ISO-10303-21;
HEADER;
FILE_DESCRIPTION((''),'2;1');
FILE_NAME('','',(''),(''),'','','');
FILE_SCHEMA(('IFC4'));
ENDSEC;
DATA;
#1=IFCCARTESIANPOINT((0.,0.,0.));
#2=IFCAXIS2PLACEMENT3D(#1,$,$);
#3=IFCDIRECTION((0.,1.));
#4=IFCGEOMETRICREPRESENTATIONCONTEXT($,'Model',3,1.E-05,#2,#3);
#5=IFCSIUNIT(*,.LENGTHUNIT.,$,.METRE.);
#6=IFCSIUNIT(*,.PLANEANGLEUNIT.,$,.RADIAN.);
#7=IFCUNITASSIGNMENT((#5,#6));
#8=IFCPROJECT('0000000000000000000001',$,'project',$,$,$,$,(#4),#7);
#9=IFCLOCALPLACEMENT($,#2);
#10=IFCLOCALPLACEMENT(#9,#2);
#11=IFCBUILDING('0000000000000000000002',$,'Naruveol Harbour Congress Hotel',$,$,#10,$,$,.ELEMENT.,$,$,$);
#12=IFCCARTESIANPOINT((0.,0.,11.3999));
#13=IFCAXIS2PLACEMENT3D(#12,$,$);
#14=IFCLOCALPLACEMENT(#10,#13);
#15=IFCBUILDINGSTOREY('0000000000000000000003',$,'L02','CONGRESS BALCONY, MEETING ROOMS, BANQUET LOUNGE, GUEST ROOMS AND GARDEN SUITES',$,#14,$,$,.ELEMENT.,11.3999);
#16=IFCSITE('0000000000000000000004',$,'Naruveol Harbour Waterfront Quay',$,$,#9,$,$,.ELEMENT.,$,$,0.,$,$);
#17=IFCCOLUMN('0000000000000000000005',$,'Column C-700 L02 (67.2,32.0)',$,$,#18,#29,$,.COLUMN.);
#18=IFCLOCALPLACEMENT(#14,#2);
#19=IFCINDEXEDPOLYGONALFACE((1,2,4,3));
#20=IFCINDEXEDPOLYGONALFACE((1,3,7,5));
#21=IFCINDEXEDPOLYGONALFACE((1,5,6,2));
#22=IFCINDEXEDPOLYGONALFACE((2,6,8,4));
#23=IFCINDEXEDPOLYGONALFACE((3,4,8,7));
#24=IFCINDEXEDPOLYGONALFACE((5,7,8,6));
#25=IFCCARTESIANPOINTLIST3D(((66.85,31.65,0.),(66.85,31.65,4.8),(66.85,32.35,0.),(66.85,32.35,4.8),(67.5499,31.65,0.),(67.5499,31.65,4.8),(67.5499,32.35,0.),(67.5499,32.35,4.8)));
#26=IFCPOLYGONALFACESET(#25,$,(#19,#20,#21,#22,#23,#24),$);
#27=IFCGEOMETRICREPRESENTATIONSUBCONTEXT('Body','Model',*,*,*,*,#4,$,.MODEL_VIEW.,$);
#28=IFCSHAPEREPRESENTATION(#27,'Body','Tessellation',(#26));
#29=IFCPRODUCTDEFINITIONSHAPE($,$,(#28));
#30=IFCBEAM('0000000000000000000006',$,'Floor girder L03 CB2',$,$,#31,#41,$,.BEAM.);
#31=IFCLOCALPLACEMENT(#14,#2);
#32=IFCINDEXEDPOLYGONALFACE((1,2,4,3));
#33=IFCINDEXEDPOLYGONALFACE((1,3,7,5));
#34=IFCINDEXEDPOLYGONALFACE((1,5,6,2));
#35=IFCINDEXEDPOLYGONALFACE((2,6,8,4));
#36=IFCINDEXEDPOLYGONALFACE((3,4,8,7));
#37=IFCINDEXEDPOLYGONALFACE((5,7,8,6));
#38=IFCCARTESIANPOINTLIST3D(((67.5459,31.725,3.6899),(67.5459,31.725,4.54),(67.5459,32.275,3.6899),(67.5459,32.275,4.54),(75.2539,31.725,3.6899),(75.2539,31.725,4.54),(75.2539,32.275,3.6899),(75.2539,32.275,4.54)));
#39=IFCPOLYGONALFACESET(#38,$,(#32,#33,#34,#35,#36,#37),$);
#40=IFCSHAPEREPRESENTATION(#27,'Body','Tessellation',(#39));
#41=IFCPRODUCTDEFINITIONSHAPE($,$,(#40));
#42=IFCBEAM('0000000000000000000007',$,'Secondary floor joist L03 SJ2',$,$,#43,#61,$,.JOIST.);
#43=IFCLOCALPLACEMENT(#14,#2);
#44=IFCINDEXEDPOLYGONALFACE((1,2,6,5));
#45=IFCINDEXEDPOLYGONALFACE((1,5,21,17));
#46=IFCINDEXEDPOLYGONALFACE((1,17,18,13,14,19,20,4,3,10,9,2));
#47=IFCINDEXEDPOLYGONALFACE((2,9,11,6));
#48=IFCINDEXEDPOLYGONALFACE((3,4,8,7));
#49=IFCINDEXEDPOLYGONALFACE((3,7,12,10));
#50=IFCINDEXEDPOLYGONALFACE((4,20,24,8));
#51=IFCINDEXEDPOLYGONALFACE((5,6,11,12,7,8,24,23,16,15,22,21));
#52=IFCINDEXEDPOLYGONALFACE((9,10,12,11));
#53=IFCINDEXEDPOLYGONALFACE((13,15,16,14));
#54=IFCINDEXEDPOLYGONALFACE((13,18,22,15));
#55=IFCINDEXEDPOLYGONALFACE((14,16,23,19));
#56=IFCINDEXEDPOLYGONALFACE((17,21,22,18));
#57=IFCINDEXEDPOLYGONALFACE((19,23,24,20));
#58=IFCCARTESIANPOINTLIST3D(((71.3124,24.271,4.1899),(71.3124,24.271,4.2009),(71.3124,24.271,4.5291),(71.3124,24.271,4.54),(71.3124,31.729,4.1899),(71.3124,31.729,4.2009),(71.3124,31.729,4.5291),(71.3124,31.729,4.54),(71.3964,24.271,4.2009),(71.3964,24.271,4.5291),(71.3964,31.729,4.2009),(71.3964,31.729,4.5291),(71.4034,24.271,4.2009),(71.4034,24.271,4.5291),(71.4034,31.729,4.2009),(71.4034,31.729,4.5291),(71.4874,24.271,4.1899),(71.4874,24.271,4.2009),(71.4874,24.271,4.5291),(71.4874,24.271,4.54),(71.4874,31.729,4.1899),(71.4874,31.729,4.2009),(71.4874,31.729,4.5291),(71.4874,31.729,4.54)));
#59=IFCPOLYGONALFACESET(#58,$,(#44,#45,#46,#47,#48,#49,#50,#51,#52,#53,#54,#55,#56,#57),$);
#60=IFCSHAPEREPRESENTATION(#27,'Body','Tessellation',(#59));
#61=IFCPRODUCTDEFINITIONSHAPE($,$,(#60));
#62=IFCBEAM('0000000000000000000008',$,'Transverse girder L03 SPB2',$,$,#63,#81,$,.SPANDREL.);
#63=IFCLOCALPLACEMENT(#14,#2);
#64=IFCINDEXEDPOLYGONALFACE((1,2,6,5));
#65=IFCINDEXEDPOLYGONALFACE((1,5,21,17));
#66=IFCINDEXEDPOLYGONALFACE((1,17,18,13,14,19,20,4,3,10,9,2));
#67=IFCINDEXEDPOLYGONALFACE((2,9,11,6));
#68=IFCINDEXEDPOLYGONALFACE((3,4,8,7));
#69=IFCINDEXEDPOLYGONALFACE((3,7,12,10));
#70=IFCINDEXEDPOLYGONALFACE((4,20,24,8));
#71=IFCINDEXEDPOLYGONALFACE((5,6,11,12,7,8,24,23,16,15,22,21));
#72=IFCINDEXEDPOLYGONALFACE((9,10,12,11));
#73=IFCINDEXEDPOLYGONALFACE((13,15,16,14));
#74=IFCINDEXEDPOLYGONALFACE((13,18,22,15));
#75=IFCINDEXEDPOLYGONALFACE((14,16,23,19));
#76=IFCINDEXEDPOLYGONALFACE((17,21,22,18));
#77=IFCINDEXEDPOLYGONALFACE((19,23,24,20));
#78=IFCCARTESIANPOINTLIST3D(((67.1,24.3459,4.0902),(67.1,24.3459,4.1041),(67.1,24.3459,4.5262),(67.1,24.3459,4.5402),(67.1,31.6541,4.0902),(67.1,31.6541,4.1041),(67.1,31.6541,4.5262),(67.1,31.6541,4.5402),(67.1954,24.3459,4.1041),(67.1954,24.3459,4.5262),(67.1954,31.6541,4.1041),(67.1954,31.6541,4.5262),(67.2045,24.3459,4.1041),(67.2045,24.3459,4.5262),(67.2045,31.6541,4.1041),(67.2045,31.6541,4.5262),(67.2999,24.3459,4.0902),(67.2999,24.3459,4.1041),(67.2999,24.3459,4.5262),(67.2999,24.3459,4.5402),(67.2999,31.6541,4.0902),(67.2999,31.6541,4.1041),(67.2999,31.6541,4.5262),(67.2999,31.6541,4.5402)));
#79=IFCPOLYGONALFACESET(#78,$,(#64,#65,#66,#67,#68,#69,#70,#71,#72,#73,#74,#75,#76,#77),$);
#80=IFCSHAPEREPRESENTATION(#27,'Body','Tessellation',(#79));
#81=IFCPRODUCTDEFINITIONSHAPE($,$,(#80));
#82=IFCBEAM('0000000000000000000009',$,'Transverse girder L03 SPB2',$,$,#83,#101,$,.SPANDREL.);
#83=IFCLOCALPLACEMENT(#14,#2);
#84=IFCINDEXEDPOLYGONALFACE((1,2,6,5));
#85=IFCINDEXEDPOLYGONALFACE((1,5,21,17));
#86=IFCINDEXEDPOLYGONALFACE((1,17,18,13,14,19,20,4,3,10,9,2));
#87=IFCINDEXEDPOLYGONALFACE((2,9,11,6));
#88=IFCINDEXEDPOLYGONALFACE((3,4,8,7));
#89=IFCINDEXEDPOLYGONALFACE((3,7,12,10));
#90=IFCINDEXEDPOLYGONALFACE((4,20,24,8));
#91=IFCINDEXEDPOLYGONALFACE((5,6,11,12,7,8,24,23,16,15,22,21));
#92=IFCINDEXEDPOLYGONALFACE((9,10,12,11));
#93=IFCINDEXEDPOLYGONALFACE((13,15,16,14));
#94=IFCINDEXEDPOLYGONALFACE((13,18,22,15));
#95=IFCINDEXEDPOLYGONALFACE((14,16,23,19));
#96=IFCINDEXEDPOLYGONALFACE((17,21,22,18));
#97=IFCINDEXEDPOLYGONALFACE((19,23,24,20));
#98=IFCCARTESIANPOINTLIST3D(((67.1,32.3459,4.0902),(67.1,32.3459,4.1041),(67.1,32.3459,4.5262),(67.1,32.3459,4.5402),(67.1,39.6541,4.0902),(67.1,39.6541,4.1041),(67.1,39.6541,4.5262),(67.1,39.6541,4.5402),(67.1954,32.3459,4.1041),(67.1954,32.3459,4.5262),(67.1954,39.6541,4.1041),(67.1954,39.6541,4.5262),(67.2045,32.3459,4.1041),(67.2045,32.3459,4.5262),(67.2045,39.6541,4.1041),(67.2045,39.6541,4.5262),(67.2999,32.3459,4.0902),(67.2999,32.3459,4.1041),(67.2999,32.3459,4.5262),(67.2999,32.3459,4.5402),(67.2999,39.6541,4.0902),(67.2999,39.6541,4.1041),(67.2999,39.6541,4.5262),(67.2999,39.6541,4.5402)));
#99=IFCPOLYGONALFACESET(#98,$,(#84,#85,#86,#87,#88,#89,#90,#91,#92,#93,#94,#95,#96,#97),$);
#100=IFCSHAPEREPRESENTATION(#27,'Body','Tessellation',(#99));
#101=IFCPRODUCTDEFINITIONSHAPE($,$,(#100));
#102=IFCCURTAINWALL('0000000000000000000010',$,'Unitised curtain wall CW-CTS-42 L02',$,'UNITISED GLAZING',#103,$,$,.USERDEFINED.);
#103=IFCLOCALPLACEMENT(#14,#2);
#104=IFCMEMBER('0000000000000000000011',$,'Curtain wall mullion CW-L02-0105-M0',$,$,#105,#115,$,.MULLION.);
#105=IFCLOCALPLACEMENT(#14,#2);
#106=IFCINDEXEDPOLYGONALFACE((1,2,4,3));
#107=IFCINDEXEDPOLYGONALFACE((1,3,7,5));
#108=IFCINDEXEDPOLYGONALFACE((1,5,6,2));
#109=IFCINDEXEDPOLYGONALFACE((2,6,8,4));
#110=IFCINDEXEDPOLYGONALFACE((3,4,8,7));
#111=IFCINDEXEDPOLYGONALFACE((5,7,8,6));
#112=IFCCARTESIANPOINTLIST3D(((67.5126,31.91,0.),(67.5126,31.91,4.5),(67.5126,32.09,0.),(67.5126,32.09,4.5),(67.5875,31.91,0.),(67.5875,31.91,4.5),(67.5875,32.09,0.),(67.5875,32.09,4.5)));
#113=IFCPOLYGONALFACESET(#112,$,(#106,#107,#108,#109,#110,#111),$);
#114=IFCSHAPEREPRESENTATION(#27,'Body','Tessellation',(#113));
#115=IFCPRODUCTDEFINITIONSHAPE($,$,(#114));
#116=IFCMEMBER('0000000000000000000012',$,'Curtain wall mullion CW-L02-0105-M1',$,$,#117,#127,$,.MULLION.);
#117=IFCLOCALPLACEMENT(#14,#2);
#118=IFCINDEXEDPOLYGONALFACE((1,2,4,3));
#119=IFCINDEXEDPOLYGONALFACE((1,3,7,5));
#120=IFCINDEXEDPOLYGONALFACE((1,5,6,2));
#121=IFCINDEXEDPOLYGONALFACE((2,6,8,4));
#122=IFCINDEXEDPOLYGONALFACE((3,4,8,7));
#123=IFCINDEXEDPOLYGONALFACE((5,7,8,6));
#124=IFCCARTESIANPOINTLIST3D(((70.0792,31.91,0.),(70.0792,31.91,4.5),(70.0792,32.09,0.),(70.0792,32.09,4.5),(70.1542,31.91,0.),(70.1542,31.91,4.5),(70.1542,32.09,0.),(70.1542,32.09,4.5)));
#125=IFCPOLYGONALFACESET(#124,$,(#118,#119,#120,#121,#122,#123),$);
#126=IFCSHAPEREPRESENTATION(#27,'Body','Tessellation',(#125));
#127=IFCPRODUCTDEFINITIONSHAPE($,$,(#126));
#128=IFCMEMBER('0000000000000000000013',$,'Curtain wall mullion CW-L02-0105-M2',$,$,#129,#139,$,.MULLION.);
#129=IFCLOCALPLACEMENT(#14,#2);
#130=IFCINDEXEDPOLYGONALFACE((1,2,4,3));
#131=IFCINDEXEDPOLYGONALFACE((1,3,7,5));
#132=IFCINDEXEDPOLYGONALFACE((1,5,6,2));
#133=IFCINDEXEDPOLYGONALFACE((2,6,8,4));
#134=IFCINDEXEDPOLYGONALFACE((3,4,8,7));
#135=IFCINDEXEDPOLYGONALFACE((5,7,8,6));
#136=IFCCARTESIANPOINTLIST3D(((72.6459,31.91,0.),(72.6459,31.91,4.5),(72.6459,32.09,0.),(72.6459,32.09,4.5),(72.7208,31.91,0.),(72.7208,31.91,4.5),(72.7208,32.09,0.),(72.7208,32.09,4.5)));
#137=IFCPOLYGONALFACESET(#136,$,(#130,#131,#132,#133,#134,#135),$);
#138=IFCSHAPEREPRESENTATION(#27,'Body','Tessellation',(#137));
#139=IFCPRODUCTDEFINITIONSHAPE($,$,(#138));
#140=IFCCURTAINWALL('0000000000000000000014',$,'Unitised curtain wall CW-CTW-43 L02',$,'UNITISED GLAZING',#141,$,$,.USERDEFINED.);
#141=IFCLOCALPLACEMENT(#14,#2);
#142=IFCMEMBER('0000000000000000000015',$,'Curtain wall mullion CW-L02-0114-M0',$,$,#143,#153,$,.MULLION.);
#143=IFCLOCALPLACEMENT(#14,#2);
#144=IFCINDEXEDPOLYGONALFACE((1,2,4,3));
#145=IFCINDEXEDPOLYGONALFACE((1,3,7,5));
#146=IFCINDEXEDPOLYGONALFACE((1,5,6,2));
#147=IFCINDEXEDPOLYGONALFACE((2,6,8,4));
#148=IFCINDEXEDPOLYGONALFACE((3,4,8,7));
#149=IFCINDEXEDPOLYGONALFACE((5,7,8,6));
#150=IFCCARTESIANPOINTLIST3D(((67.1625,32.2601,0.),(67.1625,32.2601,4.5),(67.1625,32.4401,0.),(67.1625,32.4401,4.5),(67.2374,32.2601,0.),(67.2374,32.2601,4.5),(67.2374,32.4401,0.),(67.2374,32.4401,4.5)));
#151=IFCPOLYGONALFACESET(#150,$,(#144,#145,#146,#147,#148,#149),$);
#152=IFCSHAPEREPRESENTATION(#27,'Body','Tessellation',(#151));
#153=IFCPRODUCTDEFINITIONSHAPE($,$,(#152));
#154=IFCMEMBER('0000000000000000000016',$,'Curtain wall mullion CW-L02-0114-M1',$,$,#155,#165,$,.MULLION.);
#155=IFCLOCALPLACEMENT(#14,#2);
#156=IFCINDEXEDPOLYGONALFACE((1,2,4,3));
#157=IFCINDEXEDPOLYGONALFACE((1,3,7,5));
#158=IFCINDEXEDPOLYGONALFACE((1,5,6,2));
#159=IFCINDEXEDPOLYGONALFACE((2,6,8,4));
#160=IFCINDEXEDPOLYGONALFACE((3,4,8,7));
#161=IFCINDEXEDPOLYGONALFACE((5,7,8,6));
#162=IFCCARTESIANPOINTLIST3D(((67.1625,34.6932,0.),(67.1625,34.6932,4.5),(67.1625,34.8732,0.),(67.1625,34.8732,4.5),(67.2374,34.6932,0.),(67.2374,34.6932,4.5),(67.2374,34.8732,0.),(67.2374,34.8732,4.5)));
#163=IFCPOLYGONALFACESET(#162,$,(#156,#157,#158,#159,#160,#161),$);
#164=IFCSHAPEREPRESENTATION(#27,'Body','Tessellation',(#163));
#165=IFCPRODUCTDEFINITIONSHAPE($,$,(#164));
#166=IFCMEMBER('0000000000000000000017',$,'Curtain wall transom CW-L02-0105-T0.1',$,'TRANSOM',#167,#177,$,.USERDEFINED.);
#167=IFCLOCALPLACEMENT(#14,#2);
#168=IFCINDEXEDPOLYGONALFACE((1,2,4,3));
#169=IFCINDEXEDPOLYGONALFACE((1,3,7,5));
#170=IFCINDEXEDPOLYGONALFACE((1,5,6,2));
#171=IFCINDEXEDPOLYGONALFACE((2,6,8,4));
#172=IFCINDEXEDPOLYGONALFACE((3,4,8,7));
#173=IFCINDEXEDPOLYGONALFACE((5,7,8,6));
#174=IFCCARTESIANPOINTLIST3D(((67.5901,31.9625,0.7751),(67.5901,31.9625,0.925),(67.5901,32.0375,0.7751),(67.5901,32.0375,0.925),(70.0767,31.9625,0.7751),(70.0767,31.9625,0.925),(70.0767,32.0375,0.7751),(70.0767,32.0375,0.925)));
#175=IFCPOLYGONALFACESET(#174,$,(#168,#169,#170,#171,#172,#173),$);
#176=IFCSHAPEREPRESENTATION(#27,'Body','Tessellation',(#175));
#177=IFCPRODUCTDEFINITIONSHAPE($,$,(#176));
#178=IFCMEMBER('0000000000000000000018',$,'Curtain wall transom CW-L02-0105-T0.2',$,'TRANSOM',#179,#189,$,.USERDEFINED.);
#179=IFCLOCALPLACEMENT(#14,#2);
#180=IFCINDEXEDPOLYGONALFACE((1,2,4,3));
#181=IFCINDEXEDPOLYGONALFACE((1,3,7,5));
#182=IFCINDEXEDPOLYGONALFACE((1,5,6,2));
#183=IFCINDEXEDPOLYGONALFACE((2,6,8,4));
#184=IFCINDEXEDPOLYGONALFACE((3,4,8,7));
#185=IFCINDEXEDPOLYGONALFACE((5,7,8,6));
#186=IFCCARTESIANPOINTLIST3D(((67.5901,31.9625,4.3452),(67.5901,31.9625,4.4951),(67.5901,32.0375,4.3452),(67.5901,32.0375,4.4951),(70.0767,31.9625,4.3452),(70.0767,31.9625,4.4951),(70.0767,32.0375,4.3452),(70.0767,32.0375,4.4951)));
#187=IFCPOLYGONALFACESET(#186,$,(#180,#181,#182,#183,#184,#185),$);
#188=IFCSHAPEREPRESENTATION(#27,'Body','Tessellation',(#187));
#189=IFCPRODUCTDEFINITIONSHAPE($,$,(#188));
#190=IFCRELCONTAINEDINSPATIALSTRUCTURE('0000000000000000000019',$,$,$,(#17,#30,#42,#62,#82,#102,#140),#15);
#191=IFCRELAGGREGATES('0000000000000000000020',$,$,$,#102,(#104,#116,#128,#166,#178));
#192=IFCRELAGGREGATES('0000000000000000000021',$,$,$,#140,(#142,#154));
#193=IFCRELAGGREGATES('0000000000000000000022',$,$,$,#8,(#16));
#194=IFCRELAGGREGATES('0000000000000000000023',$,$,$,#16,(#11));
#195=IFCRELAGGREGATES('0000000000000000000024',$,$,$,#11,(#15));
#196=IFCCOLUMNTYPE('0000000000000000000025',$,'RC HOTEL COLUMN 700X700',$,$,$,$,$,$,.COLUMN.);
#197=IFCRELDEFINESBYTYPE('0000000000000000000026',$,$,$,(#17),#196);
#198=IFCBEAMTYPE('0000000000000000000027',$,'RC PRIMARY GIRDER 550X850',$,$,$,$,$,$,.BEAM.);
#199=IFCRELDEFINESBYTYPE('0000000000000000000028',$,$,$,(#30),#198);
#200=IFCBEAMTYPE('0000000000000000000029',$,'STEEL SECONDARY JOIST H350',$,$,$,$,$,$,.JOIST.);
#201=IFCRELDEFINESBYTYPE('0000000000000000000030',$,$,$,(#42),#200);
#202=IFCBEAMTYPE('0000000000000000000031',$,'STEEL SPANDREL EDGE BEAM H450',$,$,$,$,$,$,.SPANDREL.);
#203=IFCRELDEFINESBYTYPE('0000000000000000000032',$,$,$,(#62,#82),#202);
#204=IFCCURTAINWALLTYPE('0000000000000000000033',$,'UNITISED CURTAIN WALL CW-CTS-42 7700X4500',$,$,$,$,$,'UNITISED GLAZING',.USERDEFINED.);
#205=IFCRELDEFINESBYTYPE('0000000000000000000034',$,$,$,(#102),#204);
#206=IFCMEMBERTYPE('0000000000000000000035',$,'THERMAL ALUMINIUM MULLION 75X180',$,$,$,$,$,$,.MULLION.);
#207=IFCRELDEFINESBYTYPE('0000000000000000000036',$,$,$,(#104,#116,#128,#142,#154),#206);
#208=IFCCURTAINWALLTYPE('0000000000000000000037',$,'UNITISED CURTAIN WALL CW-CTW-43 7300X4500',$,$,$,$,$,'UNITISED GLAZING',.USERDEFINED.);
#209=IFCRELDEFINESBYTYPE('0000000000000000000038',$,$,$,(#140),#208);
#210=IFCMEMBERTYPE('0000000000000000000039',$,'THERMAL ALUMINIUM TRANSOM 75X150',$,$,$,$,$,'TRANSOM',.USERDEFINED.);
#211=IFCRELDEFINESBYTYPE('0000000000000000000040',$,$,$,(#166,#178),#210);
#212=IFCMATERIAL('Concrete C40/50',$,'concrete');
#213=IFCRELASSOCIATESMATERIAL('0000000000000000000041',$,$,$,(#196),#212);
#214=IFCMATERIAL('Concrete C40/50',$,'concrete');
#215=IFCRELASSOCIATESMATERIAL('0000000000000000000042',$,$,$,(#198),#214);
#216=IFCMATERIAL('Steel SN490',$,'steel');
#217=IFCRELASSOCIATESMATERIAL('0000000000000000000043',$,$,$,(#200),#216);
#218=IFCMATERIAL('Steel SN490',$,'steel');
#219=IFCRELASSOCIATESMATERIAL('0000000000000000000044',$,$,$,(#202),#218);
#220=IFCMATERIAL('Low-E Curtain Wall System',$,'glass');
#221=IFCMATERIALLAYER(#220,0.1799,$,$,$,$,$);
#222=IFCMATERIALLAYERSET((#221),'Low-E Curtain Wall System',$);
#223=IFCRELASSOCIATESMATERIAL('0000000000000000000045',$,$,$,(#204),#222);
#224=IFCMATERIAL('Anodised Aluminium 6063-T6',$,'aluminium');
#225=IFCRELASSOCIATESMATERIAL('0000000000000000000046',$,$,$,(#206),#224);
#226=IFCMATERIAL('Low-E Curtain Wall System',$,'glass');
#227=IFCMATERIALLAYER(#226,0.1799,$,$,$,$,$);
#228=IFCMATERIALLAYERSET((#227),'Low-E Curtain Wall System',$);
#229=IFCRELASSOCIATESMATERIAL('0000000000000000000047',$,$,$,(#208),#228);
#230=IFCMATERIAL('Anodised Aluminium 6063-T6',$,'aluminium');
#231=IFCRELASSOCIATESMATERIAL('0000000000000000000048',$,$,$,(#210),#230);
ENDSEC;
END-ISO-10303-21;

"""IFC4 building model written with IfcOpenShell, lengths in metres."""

from ifc_helpers import new_model, si_unit, direction, frame, origin, origin_2d, place, context, subcontext, project, spatial, rectangle, i_section, extrude, material, layer, layer_set, material_profile, profile_set, type_object, element, aggregate, save


model = new_model("IFC4")

# Units and contexts
model_context = context("Model", 3, precision=1e-05, world=origin(), true_north=direction((0.0, 1.0)))
body_context = subcontext(model_context, "Body", "Model", "MODEL_VIEW")
ifc_project = project(units=[si_unit("LENGTHUNIT", "METRE"), si_unit("PLANEANGLEUNIT", "RADIAN")], contexts=[model_context])

# Site, building, storey
site_placement = place(None, origin())
site = spatial("IfcSite", under=ifc_project, at=site_placement, Name="Naruveol Harbour Waterfront Quay", CompositionType="ELEMENT", RefElevation=0.0)
building_placement = place(site_placement, origin())
building = spatial("IfcBuilding", under=site, at=building_placement, Name="Naruveol Harbour Congress Hotel", CompositionType="ELEMENT")
storey_placement = place(building_placement, frame((0.0, 0.0, 11.3999)))
storey = spatial("IfcBuildingStorey", under=building, at=storey_placement, Name="L02", Description="CONGRESS BALCONY, MEETING ROOMS, BANQUET LOUNGE, GUEST ROOMS AND GARDEN SUITES", CompositionType="ELEMENT", Elevation=11.3999)

# Column
ifc_material_1 = material(Name="Concrete C40/50", Category="concrete")
ifc_material_profile_1 = material_profile(ifc_material_1, rectangle(XDim=0.7, YDim=0.7, at=origin_2d()), Name="RC-700x700")
ifc_profile_set_1 = profile_set([ifc_material_profile_1], Name="Concrete C40/50")
column_type = type_object("IfcColumnType", Name="RC HOTEL COLUMN 700X700", PredefinedType="COLUMN", material=ifc_profile_set_1)
column_placement = place(storey_placement, frame((67.2, 32.0, 0.0), z_axis=(0.0, 0.0, 1.0), x_axis=(1.0, 0.0, 0.0)))
element("IfcColumn", 1, at=column_placement, inside=storey, type_object=column_type, Name="Column C-700 L02 (67.2,32.0)", PredefinedType="COLUMN", context=body_context, shape_type="SweptSolid", body=[
    extrude(rectangle(XDim=0.7, YDim=0.7, at=origin_2d()), origin(), (0.0, 0.0, 1.0), 4.8),
])

# Beams
ifc_material_2 = material(Name="Concrete C40/50", Category="concrete")
ifc_material_profile_2 = material_profile(ifc_material_2, rectangle(XDim=0.55, YDim=0.8501, at=origin_2d()), Name="RCB-550x850")
ifc_profile_set_2 = profile_set([ifc_material_profile_2], Name="Concrete C40/50")
beam_type_1 = type_object("IfcBeamType", Name="RC PRIMARY GIRDER 550X850", PredefinedType="BEAM", material=ifc_profile_set_2)
beam_1_placement = place(storey_placement, frame((67.5459, 32.0, 4.115), z_axis=(1.0, 0.0, 0.0), x_axis=(0.0, 1.0, 0.0)))
element("IfcBeam", 2, at=beam_1_placement, inside=storey, type_object=beam_type_1, Name="Floor girder L03 CB2", PredefinedType="BEAM", context=body_context, shape_type="SweptSolid", body=[
    extrude(rectangle(XDim=0.55, YDim=0.8501, at=origin_2d()), origin(), (0.0, 0.0, 1.0), 7.708),
])
ifc_material_3 = material(Name="Steel SN490", Category="steel")
ifc_material_profile_3 = material_profile(ifc_material_3, i_section(OverallWidth=0.175, OverallDepth=0.3501, WebThickness=0.0071, FlangeThickness=0.011, at=origin_2d()), Name="H-350x175x7x11")
ifc_profile_set_3 = profile_set([ifc_material_profile_3], Name="Steel SN490")
beam_type_2 = type_object("IfcBeamType", Name="STEEL SECONDARY JOIST H350", PredefinedType="JOIST", material=ifc_profile_set_3)
beam_2_placement = place(storey_placement, frame((71.3999, 24.271, 4.365), z_axis=(0.0, 1.0, 0.0), x_axis=(-1.0, 0.0, 0.0)))
element("IfcBeam", 3, at=beam_2_placement, inside=storey, type_object=beam_type_2, Name="Secondary floor joist L03 SJ2", PredefinedType="JOIST", context=body_context, shape_type="SweptSolid", body=[
    extrude(i_section(OverallWidth=0.175, OverallDepth=0.3501, WebThickness=0.0071, FlangeThickness=0.011, at=origin_2d()), origin(), (0.0, 0.0, 1.0), 7.458),
])
ifc_material_4 = material(Name="Steel SN490", Category="steel")
ifc_material_profile_4 = material_profile(ifc_material_4, i_section(OverallWidth=0.2, OverallDepth=0.45, WebThickness=0.009, FlangeThickness=0.0139, at=origin_2d()), Name="H-450x200x9x14")
ifc_profile_set_4 = profile_set([ifc_material_profile_4], Name="Steel SN490")
beam_type_3 = type_object("IfcBeamType", Name="STEEL SPANDREL EDGE BEAM H450", PredefinedType="SPANDREL", material=ifc_profile_set_4)
for number, where, z_axis, x_axis, name in (
    (4, (67.2, 24.3459, 4.3152), (0.0, 1.0, 0.0), (-1.0, 0.0, 0.0), "Transverse girder L03 SPB2"),
    (5, (67.2, 32.3459, 4.3152), (0.0, 1.0, 0.0), (-1.0, 0.0, 0.0), "Transverse girder L03 SPB2"),
):
    element("IfcBeam", number, at=place(storey_placement, frame(where, z_axis=z_axis, x_axis=x_axis)), inside=storey, type_object=beam_type_3, Name=name, PredefinedType="SPANDREL", context=body_context, shape_type="SweptSolid", body=[
        extrude(i_section(OverallWidth=0.2, OverallDepth=0.45, WebThickness=0.009, FlangeThickness=0.0139, at=origin_2d()), origin(), (0.0, 0.0, 1.0), 7.3081),
    ])

# Curtain walls, members
ifc_material_5 = material(Name="Low-E Curtain Wall System", Category="glass")
ifc_layer_1 = layer(ifc_material_5, 0.1799)
ifc_layer_set_1 = layer_set([ifc_layer_1], Name="Low-E Curtain Wall System")
curtain_wall_type_1 = type_object("IfcCurtainWallType", Name="UNITISED CURTAIN WALL CW-CTS-42 7700X4500", ElementType="UNITISED GLAZING", PredefinedType="USERDEFINED", material=ifc_layer_set_1)
curtain_wall_1_placement = place(storey_placement, origin())
curtain_wall_1 = element("IfcCurtainWall", 6, at=curtain_wall_1_placement, inside=storey, type_object=curtain_wall_type_1, Name="Unitised curtain wall CW-CTS-42 L02", ObjectType="UNITISED GLAZING", PredefinedType="USERDEFINED")
ifc_material_6 = material(Name="Anodised Aluminium 6063-T6", Category="aluminium")
ifc_material_profile_5 = material_profile(ifc_material_6, rectangle(XDim=0.075, YDim=0.1799, at=origin_2d()), Name="ALU-75x180")
ifc_profile_set_5 = profile_set([ifc_material_profile_5], Name="Anodised Aluminium 6063-T6")
member_type_1 = type_object("IfcMemberType", Name="THERMAL ALUMINIUM MULLION 75X180", PredefinedType="MULLION", material=ifc_profile_set_5)
member_1_placement = place(storey_placement, frame((67.55, 32.0, 0.0), z_axis=(0.0, 0.0, 1.0), x_axis=(1.0, 0.0, 0.0)))
member_1 = element("IfcMember", 7, at=member_1_placement, type_object=member_type_1, Name="Curtain wall mullion CW-L02-0105-M0", PredefinedType="MULLION", context=body_context, shape_type="SweptSolid", body=[
    extrude(rectangle(XDim=0.075, YDim=0.1799, at=origin_2d()), origin(), (0.0, 0.0, 1.0), 4.5),
])
member_2_placement = place(storey_placement, frame((70.1167, 32.0, 0.0), z_axis=(0.0, 0.0, 1.0), x_axis=(1.0, 0.0, 0.0)))
member_2 = element("IfcMember", 8, at=member_2_placement, type_object=member_type_1, Name="Curtain wall mullion CW-L02-0105-M1", PredefinedType="MULLION", context=body_context, shape_type="SweptSolid", body=[
    extrude(rectangle(XDim=0.075, YDim=0.1799, at=origin_2d()), origin(), (0.0, 0.0, 1.0), 4.5),
])
member_3_placement = place(storey_placement, frame((72.6833, 32.0, 0.0), z_axis=(0.0, 0.0, 1.0), x_axis=(1.0, 0.0, 0.0)))
member_3 = element("IfcMember", 9, at=member_3_placement, type_object=member_type_1, Name="Curtain wall mullion CW-L02-0105-M2", PredefinedType="MULLION", context=body_context, shape_type="SweptSolid", body=[
    extrude(rectangle(XDim=0.075, YDim=0.1799, at=origin_2d()), origin(), (0.0, 0.0, 1.0), 4.5),
])
ifc_material_7 = material(Name="Low-E Curtain Wall System", Category="glass")
ifc_layer_2 = layer(ifc_material_7, 0.1799)
ifc_layer_set_2 = layer_set([ifc_layer_2], Name="Low-E Curtain Wall System")
curtain_wall_type_2 = type_object("IfcCurtainWallType", Name="UNITISED CURTAIN WALL CW-CTW-43 7300X4500", ElementType="UNITISED GLAZING", PredefinedType="USERDEFINED", material=ifc_layer_set_2)
curtain_wall_2_placement = place(storey_placement, origin())
curtain_wall_2 = element("IfcCurtainWall", 10, at=curtain_wall_2_placement, inside=storey, type_object=curtain_wall_type_2, Name="Unitised curtain wall CW-CTW-43 L02", ObjectType="UNITISED GLAZING", PredefinedType="USERDEFINED")
member_4_placement = place(storey_placement, frame((67.2, 32.3501, 0.0), z_axis=(0.0, 0.0, 1.0), x_axis=(1.0, 0.0, 0.0)))
member_4 = element("IfcMember", 11, at=member_4_placement, type_object=member_type_1, Name="Curtain wall mullion CW-L02-0114-M0", PredefinedType="MULLION", context=body_context, shape_type="SweptSolid", body=[
    extrude(rectangle(XDim=0.075, YDim=0.1799, at=origin_2d()), origin(), (0.0, 0.0, 1.0), 4.5),
])
member_5_placement = place(storey_placement, frame((67.2, 34.7832, 0.0), z_axis=(0.0, 0.0, 1.0), x_axis=(1.0, 0.0, 0.0)))
member_5 = element("IfcMember", 12, at=member_5_placement, type_object=member_type_1, Name="Curtain wall mullion CW-L02-0114-M1", PredefinedType="MULLION", context=body_context, shape_type="SweptSolid", body=[
    extrude(rectangle(XDim=0.075, YDim=0.1799, at=origin_2d()), origin(), (0.0, 0.0, 1.0), 4.5),
])

# Members
ifc_material_8 = material(Name="Anodised Aluminium 6063-T6", Category="aluminium")
ifc_material_profile_6 = material_profile(ifc_material_8, rectangle(XDim=0.075, YDim=0.1499, at=origin_2d()), Name="ALU-75x150")
ifc_profile_set_6 = profile_set([ifc_material_profile_6], Name="Anodised Aluminium 6063-T6")
member_type_2 = type_object("IfcMemberType", Name="THERMAL ALUMINIUM TRANSOM 75X150", ElementType="TRANSOM", PredefinedType="USERDEFINED", material=ifc_profile_set_6)
member_6_placement = place(storey_placement, frame((67.5901, 32.0, 0.8501), z_axis=(1.0, 0.0, 0.0), x_axis=(0.0, 1.0, 0.0)))
member_6 = element("IfcMember", 13, at=member_6_placement, type_object=member_type_2, Name="Curtain wall transom CW-L02-0105-T0.1", ObjectType="TRANSOM", PredefinedType="USERDEFINED", context=body_context, shape_type="SweptSolid", body=[
    extrude(rectangle(XDim=0.075, YDim=0.1499, at=origin_2d()), origin(), (0.0, 0.0, 1.0), 2.4866),
])
member_7_placement = place(storey_placement, frame((67.5901, 32.0, 4.4202), z_axis=(1.0, 0.0, 0.0), x_axis=(0.0, 1.0, 0.0)))
member_7 = element("IfcMember", 14, at=member_7_placement, type_object=member_type_2, Name="Curtain wall transom CW-L02-0105-T0.2", ObjectType="TRANSOM", PredefinedType="USERDEFINED", context=body_context, shape_type="SweptSolid", body=[
    extrude(rectangle(XDim=0.075, YDim=0.1499, at=origin_2d()), origin(), (0.0, 0.0, 1.0), 2.4866),
])

aggregate(curtain_wall_1, [member_1, member_2, member_3, member_6, member_7])
aggregate(curtain_wall_2, [member_4, member_5])

save(model, "model.ifc")
